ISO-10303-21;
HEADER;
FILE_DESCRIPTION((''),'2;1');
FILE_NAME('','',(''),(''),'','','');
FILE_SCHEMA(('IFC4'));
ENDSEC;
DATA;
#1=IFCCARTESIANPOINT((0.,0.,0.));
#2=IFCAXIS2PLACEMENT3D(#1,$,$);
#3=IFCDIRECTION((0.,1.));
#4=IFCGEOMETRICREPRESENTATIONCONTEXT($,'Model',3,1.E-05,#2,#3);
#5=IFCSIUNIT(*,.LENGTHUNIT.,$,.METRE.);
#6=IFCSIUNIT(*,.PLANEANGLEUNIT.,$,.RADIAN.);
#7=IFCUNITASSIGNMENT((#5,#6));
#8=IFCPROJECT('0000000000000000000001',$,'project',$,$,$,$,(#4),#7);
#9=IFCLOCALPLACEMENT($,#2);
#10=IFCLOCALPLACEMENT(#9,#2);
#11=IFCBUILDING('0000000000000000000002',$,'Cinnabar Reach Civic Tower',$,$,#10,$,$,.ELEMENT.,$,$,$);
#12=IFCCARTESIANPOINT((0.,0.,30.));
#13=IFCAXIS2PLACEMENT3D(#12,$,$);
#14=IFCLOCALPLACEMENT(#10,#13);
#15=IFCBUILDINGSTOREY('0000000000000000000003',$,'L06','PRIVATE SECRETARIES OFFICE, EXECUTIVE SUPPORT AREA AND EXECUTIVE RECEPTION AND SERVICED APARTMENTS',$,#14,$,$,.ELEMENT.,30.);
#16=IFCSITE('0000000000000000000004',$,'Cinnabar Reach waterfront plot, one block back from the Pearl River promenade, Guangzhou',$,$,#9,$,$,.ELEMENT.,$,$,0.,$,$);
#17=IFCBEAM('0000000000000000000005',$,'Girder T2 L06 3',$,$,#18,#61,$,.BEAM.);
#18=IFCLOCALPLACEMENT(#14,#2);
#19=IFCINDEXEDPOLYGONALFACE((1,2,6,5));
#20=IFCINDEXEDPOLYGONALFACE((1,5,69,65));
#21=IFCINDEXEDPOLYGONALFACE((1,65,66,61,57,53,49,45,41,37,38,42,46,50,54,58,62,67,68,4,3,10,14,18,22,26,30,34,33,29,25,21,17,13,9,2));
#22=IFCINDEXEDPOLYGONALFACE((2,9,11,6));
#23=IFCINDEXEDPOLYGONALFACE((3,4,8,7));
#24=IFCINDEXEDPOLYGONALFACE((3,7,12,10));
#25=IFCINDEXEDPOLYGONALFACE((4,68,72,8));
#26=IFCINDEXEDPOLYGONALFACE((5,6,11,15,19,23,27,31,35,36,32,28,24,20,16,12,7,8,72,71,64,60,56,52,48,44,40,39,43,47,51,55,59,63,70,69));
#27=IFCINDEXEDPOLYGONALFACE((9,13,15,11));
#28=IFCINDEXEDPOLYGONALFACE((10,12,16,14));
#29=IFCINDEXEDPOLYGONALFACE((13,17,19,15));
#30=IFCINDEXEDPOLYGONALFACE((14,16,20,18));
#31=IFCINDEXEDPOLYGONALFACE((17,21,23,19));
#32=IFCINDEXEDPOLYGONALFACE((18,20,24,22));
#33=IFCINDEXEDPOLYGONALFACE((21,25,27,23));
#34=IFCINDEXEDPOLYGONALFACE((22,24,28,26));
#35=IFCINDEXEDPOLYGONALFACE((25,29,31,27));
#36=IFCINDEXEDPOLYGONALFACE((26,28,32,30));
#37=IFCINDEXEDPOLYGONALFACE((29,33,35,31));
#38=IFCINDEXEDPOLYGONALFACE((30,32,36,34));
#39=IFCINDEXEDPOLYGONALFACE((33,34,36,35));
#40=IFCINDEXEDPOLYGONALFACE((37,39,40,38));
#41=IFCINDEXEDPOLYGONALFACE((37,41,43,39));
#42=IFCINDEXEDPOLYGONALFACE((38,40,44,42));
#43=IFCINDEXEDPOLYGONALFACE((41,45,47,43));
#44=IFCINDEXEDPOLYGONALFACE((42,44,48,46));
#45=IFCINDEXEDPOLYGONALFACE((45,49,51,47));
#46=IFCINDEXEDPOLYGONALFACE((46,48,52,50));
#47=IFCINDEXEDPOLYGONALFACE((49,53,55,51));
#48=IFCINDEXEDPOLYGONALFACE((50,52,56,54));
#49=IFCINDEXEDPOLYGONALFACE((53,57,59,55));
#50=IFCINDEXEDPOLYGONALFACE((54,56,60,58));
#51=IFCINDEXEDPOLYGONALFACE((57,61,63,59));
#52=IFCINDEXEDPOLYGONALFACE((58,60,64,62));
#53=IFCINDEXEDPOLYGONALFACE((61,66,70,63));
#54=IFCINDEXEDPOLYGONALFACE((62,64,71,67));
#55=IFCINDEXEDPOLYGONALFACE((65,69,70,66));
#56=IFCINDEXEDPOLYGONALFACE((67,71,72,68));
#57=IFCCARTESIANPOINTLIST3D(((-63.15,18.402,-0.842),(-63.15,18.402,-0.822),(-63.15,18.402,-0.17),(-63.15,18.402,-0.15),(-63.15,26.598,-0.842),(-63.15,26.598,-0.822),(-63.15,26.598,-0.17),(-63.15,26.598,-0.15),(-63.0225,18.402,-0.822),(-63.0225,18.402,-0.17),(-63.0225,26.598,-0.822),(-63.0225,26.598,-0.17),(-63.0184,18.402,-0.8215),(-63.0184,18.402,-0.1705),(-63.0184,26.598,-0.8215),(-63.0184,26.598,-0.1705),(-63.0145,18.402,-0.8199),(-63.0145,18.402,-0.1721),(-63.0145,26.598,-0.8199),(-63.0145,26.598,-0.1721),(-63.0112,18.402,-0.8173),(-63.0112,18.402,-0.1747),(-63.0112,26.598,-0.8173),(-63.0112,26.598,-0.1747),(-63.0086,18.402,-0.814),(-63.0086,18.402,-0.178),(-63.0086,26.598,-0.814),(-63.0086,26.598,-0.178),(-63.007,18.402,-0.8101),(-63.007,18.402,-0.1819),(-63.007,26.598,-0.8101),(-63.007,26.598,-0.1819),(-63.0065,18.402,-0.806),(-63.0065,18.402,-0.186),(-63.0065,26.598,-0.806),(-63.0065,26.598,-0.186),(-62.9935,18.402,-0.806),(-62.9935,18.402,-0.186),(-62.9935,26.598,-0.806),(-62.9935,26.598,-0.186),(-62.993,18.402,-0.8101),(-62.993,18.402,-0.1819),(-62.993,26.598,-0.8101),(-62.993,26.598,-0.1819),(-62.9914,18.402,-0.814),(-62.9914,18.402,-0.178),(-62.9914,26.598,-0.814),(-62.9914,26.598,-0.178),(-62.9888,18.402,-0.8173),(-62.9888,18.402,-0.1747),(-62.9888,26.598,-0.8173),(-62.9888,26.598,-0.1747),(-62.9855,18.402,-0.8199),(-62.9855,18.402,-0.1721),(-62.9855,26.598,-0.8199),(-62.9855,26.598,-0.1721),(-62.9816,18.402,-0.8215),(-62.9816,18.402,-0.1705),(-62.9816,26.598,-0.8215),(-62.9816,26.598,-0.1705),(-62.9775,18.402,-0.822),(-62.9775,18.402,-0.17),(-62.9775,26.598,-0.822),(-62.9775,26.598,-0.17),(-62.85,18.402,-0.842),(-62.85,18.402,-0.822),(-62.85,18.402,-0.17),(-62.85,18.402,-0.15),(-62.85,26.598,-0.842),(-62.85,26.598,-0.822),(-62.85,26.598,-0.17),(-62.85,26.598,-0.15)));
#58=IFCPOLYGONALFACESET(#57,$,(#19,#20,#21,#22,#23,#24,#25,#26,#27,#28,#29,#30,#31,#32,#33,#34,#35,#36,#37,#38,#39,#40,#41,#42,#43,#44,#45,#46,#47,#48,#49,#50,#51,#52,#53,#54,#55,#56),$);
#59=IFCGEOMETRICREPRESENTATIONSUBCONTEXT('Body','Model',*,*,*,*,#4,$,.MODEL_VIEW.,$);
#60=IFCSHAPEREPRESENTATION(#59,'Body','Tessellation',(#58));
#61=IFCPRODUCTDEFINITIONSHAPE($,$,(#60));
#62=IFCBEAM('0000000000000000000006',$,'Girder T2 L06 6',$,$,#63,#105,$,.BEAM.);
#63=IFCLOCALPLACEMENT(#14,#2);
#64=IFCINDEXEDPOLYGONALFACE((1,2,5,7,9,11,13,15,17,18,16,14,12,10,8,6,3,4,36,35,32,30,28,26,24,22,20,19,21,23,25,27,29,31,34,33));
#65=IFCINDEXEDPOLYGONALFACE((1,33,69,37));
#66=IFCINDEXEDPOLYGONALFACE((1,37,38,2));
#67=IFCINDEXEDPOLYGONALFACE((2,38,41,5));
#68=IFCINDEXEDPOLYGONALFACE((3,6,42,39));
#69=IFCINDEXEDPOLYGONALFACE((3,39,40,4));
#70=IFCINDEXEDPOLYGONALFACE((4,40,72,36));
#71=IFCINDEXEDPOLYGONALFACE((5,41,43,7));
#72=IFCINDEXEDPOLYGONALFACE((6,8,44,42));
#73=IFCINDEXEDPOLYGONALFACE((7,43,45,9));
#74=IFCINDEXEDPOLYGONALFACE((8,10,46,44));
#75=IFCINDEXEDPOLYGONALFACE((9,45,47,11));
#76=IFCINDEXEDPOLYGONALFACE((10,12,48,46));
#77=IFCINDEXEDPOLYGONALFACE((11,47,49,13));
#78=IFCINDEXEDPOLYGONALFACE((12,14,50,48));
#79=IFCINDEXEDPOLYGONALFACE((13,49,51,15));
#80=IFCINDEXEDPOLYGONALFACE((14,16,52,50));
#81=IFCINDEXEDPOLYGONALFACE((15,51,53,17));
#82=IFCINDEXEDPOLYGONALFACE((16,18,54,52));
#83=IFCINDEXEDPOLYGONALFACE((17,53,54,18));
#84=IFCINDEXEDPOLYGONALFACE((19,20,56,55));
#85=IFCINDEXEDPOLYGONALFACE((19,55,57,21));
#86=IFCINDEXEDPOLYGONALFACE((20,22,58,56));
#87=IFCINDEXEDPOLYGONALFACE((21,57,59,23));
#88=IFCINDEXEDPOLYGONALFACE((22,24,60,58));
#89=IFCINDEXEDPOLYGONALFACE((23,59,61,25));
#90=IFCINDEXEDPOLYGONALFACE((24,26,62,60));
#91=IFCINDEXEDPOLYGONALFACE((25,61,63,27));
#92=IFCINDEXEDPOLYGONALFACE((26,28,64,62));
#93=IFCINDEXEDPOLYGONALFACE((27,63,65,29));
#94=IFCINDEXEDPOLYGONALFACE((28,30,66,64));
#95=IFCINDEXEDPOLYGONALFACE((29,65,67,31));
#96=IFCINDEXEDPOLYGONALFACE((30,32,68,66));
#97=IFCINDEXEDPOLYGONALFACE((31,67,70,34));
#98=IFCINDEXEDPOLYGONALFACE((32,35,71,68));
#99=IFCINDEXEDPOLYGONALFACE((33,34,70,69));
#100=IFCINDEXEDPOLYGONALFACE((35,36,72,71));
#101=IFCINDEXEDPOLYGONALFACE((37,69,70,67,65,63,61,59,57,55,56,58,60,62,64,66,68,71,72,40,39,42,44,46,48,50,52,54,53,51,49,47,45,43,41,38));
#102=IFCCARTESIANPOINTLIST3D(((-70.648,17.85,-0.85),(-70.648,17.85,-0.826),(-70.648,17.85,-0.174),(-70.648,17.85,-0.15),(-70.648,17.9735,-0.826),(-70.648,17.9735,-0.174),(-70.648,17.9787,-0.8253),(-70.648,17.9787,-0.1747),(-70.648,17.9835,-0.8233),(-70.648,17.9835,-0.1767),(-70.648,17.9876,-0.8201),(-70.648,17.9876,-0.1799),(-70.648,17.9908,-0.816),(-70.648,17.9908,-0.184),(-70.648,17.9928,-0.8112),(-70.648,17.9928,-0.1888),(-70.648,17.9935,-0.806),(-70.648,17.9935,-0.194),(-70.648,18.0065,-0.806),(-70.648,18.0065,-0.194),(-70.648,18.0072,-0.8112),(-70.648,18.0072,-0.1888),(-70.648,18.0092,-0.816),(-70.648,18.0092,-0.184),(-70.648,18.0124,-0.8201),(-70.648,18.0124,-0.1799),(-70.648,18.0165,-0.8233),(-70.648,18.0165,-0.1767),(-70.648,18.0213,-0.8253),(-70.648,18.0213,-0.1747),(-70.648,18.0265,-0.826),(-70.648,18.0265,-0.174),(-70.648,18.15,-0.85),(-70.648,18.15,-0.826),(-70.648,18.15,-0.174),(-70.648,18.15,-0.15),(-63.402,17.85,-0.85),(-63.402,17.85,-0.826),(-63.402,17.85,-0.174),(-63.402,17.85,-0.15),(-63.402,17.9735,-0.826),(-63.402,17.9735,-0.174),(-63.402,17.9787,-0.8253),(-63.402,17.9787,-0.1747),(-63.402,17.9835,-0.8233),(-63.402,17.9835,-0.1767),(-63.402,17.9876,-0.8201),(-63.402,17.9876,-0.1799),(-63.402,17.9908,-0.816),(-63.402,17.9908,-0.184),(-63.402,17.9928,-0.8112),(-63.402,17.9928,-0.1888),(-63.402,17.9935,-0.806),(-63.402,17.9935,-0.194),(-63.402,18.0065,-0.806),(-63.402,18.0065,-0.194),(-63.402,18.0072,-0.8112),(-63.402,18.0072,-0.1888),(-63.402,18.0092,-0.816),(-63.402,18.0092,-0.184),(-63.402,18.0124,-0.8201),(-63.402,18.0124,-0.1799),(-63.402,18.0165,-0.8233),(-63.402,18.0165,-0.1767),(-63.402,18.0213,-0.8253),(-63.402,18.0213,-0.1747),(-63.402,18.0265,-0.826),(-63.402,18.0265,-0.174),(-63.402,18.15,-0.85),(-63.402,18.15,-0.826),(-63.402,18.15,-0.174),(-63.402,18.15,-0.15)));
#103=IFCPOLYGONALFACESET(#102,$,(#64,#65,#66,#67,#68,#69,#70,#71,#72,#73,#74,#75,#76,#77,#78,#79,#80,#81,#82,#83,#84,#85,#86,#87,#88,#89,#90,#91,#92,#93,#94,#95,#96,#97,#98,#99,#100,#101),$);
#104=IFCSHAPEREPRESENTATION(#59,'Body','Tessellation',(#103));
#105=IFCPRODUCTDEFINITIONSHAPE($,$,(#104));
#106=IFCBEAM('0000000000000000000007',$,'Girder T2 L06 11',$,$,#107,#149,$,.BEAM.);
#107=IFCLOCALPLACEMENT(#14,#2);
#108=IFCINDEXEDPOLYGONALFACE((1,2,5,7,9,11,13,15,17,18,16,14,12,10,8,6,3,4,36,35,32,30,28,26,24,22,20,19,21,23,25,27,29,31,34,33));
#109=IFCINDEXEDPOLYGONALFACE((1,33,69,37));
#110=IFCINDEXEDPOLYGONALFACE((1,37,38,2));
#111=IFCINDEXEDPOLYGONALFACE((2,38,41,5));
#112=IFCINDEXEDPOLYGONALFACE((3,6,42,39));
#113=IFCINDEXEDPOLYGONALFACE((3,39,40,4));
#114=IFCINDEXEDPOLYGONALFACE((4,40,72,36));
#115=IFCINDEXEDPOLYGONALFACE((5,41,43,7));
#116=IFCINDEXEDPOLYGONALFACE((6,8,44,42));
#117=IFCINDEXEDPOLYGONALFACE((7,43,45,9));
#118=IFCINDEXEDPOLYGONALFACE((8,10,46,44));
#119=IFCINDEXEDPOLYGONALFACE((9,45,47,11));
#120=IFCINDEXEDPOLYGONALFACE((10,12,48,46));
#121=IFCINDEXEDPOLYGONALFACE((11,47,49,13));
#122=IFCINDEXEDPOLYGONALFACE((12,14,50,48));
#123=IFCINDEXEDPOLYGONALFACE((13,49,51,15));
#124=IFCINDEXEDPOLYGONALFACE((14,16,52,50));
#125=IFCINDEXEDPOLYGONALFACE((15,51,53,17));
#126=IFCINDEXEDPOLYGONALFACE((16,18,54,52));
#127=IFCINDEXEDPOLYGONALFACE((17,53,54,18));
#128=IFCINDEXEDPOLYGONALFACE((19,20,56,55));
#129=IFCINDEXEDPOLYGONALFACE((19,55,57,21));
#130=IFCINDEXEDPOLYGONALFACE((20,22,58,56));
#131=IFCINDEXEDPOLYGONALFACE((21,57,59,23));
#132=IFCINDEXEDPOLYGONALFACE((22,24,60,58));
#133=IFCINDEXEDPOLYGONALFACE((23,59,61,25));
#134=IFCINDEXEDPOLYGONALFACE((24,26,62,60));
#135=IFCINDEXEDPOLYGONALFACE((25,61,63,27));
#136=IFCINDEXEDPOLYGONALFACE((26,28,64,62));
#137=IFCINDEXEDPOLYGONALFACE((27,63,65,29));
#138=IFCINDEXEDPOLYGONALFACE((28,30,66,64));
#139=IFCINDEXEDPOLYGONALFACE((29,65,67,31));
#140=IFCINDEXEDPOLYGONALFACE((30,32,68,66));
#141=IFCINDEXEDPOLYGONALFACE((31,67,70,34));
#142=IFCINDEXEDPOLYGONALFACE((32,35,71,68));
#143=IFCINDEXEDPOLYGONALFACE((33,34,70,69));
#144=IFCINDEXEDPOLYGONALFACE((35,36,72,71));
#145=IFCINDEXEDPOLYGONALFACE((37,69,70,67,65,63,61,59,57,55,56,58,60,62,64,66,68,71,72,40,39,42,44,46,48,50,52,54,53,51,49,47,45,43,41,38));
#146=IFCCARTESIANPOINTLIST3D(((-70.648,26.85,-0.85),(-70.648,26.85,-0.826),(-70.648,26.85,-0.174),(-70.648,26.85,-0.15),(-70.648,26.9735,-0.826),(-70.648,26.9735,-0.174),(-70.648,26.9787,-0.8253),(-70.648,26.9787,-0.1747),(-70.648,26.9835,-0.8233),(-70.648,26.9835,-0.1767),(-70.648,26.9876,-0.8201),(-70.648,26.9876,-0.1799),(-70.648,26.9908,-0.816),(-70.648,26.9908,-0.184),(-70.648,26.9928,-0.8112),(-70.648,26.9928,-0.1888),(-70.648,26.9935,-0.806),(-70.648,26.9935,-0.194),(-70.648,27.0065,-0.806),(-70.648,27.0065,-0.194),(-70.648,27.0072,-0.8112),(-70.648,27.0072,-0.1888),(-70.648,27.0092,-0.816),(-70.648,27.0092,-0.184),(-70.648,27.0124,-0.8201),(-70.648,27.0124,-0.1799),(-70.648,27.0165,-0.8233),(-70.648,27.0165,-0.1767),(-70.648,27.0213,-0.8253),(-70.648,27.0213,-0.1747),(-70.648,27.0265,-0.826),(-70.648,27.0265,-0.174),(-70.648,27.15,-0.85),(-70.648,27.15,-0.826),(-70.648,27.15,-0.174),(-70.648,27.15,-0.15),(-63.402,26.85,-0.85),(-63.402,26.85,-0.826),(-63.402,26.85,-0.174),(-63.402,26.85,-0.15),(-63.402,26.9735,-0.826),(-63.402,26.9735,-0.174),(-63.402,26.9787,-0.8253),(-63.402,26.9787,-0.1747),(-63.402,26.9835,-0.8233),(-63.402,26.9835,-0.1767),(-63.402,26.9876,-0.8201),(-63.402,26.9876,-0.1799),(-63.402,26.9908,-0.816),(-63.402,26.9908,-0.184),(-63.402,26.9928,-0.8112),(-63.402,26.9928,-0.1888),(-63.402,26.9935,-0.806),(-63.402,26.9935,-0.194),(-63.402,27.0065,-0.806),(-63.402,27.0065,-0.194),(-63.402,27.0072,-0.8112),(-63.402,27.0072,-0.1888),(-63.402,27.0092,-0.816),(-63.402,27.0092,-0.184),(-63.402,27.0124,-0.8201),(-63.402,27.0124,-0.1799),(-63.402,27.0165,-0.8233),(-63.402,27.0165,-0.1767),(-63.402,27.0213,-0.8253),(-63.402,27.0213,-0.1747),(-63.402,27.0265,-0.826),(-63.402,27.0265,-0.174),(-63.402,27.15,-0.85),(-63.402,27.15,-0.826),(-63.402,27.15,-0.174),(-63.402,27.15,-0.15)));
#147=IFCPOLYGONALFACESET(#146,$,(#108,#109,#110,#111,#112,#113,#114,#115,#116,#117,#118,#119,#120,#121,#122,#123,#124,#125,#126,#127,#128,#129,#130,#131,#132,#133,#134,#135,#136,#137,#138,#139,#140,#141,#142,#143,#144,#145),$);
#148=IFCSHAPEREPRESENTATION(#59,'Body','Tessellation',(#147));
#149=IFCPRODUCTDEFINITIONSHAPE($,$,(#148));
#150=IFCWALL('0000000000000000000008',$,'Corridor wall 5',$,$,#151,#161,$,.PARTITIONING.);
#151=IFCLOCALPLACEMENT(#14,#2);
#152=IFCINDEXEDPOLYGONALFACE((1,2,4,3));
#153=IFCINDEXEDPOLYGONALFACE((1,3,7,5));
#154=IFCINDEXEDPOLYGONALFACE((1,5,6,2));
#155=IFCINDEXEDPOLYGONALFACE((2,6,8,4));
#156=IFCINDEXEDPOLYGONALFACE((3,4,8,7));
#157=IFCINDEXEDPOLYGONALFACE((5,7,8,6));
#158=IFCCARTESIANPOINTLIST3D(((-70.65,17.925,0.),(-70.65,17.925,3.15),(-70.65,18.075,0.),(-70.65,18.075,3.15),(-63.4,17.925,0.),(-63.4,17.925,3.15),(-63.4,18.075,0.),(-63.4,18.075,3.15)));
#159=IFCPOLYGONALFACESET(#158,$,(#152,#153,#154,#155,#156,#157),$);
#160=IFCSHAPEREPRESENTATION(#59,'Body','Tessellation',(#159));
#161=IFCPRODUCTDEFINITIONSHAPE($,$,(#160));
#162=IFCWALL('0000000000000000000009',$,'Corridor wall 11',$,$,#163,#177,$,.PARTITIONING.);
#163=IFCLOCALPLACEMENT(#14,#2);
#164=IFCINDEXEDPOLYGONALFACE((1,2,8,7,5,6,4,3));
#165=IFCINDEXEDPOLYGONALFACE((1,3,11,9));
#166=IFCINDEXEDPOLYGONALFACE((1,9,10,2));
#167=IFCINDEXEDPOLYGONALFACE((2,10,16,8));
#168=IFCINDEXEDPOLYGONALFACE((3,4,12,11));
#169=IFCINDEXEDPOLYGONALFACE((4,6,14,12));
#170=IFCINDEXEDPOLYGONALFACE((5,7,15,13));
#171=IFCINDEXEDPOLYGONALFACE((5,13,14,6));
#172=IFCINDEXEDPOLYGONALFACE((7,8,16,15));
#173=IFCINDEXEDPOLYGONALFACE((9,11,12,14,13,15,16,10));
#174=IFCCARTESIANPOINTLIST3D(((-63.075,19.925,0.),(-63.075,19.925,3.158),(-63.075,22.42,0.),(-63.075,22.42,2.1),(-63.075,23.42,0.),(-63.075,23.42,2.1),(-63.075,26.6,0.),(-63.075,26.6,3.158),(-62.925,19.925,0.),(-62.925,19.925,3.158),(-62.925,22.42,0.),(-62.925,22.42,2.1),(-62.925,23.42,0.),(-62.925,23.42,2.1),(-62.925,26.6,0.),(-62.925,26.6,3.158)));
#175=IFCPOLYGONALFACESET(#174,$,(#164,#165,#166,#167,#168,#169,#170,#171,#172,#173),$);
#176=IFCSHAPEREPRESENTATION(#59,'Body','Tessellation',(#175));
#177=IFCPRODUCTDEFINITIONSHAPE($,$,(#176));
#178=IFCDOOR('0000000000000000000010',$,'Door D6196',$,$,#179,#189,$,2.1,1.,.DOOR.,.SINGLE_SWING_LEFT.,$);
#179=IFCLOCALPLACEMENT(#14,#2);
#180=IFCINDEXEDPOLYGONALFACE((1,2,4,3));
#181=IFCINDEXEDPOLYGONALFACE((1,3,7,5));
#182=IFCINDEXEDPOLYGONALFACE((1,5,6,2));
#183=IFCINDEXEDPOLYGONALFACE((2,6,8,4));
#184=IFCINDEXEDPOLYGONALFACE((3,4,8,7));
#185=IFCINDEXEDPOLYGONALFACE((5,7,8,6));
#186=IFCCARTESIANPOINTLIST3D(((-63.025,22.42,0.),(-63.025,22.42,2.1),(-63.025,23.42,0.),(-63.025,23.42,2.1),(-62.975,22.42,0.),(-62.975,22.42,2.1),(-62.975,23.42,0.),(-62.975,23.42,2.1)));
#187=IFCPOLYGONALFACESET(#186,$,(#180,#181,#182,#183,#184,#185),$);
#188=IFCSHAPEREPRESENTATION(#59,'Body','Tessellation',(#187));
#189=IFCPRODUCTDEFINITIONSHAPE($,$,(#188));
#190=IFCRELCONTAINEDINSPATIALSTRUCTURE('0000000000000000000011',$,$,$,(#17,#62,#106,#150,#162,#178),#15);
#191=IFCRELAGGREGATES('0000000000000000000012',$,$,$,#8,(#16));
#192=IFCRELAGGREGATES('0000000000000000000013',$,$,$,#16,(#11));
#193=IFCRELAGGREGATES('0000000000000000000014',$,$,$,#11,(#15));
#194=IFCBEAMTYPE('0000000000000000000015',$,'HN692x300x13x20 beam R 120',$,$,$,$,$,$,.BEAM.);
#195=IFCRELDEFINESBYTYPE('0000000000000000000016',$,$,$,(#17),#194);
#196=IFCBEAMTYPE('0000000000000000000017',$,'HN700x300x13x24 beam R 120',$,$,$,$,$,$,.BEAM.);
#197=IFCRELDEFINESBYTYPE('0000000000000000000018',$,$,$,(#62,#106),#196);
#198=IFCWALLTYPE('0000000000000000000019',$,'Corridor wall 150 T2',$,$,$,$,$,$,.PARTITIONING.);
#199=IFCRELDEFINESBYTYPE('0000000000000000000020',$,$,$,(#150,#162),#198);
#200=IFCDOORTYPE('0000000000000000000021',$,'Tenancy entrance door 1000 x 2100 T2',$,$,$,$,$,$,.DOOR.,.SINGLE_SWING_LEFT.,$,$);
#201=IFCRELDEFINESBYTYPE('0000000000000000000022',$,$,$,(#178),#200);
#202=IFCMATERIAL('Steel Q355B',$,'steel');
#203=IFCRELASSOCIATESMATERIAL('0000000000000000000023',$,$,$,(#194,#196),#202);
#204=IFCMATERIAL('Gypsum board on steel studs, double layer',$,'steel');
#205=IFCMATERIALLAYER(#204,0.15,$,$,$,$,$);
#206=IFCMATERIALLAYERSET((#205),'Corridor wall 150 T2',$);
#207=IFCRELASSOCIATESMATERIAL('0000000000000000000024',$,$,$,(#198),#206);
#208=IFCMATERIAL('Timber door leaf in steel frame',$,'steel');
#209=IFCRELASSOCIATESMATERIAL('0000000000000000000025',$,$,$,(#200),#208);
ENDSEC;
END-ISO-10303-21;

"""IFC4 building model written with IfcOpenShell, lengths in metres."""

from ifc_helpers import new_model, si_unit, direction, frame, frame_2d, origin, origin_2d, place, context, subcontext, project, spatial, rectangle, i_section, extrude, material, layer, layer_set, material_profile, profile_set, type_object, element, fill, save


model = new_model("IFC4")

# Units and contexts
model_context = context("Model", 3, precision=1e-05, world=origin(), true_north=direction((0.0, 1.0)))
body_context = subcontext(model_context, "Body", "Model", "MODEL_VIEW")
ifc_project = project(units=[si_unit("LENGTHUNIT", "METRE"), si_unit("PLANEANGLEUNIT", "RADIAN")], contexts=[model_context])

# Site, building, storey
site_placement = place(None, origin())
site = spatial("IfcSite", under=ifc_project, at=site_placement, Name="Cinnabar Reach waterfront plot, one block back from the Pearl River promenade, Guangzhou", CompositionType="ELEMENT", RefElevation=0.0)
building_placement = place(site_placement, origin())
building = spatial("IfcBuilding", under=site, at=building_placement, Name="Cinnabar Reach Civic Tower", CompositionType="ELEMENT")
storey_placement = place(building_placement, frame((0.0, 0.0, 30.0)))
storey = spatial("IfcBuildingStorey", under=building, at=storey_placement, Name="L06", Description="PRIVATE SECRETARIES OFFICE, EXECUTIVE SUPPORT AREA AND EXECUTIVE RECEPTION AND SERVICED APARTMENTS", CompositionType="ELEMENT", Elevation=30.0)

# Beams
ifc_material_1 = material(Name="Steel Q355B", Category="steel")
ifc_material_profile_1 = material_profile(ifc_material_1, i_section(OverallWidth=0.3, OverallDepth=0.692, WebThickness=0.013, FlangeThickness=0.02, FilletRadius=0.016, at=origin_2d()), Name="HN692x300x13x20")
ifc_profile_set_1 = profile_set([ifc_material_profile_1], Name="Steel Q355B")
beam_type_1 = type_object("IfcBeamType", Name="HN692x300x13x20 beam R 120", PredefinedType="BEAM", material=ifc_profile_set_1)
beam_1_placement = place(storey_placement, frame((-63.0, 18.402, -0.496), z_axis=(0.0, 1.0, 0.0), x_axis=(-1.0, 0.0, 0.0)))
element("IfcBeam", 1, at=beam_1_placement, inside=storey, type_object=beam_type_1, Name="Girder T2 L06 3", PredefinedType="BEAM", context=body_context, shape_type="SweptSolid", body=[
    extrude(i_section(OverallWidth=0.3, OverallDepth=0.692, WebThickness=0.013, FlangeThickness=0.02, FilletRadius=0.016, at=origin_2d()), origin(), (0.0, 0.0, 1.0), 8.196),
])
ifc_material_profile_2 = material_profile(ifc_material_1, i_section(OverallWidth=0.3, OverallDepth=0.7, WebThickness=0.013, FlangeThickness=0.024, FilletRadius=0.02, at=origin_2d()), Name="HN700x300x13x24")
ifc_profile_set_2 = profile_set([ifc_material_profile_2], Name="Steel Q355B")
beam_type_2 = type_object("IfcBeamType", Name="HN700x300x13x24 beam R 120", PredefinedType="BEAM", material=ifc_profile_set_2)
for number, where, z_axis, x_axis, name in (
    (2, (-70.648, 18.0, -0.5), (1.0, 0.0, 0.0), (0.0, 1.0, 0.0), "Girder T2 L06 6"),
    (3, (-70.648, 27.0, -0.5), (1.0, 0.0, 0.0), (0.0, 1.0, 0.0), "Girder T2 L06 11"),
):
    element("IfcBeam", number, at=place(storey_placement, frame(where, z_axis=z_axis, x_axis=x_axis)), inside=storey, type_object=beam_type_2, Name=name, PredefinedType="BEAM", context=body_context, shape_type="SweptSolid", body=[
        extrude(i_section(OverallWidth=0.3, OverallDepth=0.7, WebThickness=0.013, FlangeThickness=0.024, FilletRadius=0.02, at=origin_2d()), origin(), (0.0, 0.0, 1.0), 7.246),
    ])

# Wall
ifc_material_2 = material(Name="Gypsum board on steel studs, double layer", Category="steel")
ifc_layer_1 = layer(ifc_material_2, 0.15)
ifc_layer_set_1 = layer_set([ifc_layer_1], Name="Corridor wall 150 T2")
wall_type_1 = type_object("IfcWallType", Name="Corridor wall 150 T2", PredefinedType="PARTITIONING", material=ifc_layer_set_1)
wall_1_placement = place(storey_placement, frame((-70.65, 18.0, 0.0), z_axis=(0.0, 0.0, 1.0), x_axis=(1.0, 0.0, 0.0)))
element("IfcWall", 4, at=wall_1_placement, inside=storey, type_object=wall_type_1, Name="Corridor wall 5", PredefinedType="PARTITIONING", context=body_context, shape_type="SweptSolid", body=[
    extrude(rectangle(XDim=7.25, YDim=0.15, at=frame_2d((3.625, 0.0))), origin(), (0.0, 0.0, 1.0), 3.15),
])

# Wall, opening, door
wall_2_placement = place(storey_placement, frame((-63.0, 19.925, 0.0), z_axis=(0.0, 0.0, 1.0), x_axis=(0.0, 1.0, 0.0)))
wall_2 = element("IfcWall", 5, at=wall_2_placement, inside=storey, type_object=wall_type_1, Name="Corridor wall 11", PredefinedType="PARTITIONING", context=body_context, shape_type="SweptSolid", body=[
    extrude(rectangle(XDim=6.675, YDim=0.15, at=frame_2d((3.3375, 0.0))), origin(), (0.0, 0.0, 1.0), 3.158),
])
opening_1_placement = place(wall_2_placement, frame((2.495, 0.0, 0.0)))
opening_1 = element("IfcOpeningElement", 6, at=opening_1_placement, cuts=wall_2, PredefinedType="OPENING", context=body_context, shape_type="SweptSolid", body=[
    extrude(rectangle(XDim=1.0, YDim=2.1, at=frame_2d((0.5, 1.05))), frame((0.0, 0.085, 0.0), z_axis=(0.0, -1.0, 0.0), x_axis=(1.0, 0.0, 0.0)), (0.0, 0.0, 1.0), 0.17),
])
ifc_material_3 = material(Name="Timber door leaf in steel frame", Category="steel")
door_type_1 = type_object("IfcDoorType", Name="Tenancy entrance door 1000 x 2100 T2", OperationType="SINGLE_SWING_LEFT", PredefinedType="DOOR", material=ifc_material_3)
door_1_placement = place(opening_1_placement, origin())
door_1 = element("IfcDoor", 7, at=door_1_placement, inside=storey, type_object=door_type_1, Name="Door D6196", OperationType="SINGLE_SWING_LEFT", OverallHeight=2.1, OverallWidth=1.0, PredefinedType="DOOR", context=body_context, shape_type="SweptSolid", body=[
    extrude(rectangle(XDim=1.0, YDim=2.1, at=frame_2d((0.5, 1.05))), frame((0.0, 0.025, 0.0), z_axis=(0.0, -1.0, 0.0), x_axis=(1.0, 0.0, 0.0)), (0.0, 0.0, 1.0), 0.05),
])
fill(opening_1, door_1)

save(model, "model.ifc")
